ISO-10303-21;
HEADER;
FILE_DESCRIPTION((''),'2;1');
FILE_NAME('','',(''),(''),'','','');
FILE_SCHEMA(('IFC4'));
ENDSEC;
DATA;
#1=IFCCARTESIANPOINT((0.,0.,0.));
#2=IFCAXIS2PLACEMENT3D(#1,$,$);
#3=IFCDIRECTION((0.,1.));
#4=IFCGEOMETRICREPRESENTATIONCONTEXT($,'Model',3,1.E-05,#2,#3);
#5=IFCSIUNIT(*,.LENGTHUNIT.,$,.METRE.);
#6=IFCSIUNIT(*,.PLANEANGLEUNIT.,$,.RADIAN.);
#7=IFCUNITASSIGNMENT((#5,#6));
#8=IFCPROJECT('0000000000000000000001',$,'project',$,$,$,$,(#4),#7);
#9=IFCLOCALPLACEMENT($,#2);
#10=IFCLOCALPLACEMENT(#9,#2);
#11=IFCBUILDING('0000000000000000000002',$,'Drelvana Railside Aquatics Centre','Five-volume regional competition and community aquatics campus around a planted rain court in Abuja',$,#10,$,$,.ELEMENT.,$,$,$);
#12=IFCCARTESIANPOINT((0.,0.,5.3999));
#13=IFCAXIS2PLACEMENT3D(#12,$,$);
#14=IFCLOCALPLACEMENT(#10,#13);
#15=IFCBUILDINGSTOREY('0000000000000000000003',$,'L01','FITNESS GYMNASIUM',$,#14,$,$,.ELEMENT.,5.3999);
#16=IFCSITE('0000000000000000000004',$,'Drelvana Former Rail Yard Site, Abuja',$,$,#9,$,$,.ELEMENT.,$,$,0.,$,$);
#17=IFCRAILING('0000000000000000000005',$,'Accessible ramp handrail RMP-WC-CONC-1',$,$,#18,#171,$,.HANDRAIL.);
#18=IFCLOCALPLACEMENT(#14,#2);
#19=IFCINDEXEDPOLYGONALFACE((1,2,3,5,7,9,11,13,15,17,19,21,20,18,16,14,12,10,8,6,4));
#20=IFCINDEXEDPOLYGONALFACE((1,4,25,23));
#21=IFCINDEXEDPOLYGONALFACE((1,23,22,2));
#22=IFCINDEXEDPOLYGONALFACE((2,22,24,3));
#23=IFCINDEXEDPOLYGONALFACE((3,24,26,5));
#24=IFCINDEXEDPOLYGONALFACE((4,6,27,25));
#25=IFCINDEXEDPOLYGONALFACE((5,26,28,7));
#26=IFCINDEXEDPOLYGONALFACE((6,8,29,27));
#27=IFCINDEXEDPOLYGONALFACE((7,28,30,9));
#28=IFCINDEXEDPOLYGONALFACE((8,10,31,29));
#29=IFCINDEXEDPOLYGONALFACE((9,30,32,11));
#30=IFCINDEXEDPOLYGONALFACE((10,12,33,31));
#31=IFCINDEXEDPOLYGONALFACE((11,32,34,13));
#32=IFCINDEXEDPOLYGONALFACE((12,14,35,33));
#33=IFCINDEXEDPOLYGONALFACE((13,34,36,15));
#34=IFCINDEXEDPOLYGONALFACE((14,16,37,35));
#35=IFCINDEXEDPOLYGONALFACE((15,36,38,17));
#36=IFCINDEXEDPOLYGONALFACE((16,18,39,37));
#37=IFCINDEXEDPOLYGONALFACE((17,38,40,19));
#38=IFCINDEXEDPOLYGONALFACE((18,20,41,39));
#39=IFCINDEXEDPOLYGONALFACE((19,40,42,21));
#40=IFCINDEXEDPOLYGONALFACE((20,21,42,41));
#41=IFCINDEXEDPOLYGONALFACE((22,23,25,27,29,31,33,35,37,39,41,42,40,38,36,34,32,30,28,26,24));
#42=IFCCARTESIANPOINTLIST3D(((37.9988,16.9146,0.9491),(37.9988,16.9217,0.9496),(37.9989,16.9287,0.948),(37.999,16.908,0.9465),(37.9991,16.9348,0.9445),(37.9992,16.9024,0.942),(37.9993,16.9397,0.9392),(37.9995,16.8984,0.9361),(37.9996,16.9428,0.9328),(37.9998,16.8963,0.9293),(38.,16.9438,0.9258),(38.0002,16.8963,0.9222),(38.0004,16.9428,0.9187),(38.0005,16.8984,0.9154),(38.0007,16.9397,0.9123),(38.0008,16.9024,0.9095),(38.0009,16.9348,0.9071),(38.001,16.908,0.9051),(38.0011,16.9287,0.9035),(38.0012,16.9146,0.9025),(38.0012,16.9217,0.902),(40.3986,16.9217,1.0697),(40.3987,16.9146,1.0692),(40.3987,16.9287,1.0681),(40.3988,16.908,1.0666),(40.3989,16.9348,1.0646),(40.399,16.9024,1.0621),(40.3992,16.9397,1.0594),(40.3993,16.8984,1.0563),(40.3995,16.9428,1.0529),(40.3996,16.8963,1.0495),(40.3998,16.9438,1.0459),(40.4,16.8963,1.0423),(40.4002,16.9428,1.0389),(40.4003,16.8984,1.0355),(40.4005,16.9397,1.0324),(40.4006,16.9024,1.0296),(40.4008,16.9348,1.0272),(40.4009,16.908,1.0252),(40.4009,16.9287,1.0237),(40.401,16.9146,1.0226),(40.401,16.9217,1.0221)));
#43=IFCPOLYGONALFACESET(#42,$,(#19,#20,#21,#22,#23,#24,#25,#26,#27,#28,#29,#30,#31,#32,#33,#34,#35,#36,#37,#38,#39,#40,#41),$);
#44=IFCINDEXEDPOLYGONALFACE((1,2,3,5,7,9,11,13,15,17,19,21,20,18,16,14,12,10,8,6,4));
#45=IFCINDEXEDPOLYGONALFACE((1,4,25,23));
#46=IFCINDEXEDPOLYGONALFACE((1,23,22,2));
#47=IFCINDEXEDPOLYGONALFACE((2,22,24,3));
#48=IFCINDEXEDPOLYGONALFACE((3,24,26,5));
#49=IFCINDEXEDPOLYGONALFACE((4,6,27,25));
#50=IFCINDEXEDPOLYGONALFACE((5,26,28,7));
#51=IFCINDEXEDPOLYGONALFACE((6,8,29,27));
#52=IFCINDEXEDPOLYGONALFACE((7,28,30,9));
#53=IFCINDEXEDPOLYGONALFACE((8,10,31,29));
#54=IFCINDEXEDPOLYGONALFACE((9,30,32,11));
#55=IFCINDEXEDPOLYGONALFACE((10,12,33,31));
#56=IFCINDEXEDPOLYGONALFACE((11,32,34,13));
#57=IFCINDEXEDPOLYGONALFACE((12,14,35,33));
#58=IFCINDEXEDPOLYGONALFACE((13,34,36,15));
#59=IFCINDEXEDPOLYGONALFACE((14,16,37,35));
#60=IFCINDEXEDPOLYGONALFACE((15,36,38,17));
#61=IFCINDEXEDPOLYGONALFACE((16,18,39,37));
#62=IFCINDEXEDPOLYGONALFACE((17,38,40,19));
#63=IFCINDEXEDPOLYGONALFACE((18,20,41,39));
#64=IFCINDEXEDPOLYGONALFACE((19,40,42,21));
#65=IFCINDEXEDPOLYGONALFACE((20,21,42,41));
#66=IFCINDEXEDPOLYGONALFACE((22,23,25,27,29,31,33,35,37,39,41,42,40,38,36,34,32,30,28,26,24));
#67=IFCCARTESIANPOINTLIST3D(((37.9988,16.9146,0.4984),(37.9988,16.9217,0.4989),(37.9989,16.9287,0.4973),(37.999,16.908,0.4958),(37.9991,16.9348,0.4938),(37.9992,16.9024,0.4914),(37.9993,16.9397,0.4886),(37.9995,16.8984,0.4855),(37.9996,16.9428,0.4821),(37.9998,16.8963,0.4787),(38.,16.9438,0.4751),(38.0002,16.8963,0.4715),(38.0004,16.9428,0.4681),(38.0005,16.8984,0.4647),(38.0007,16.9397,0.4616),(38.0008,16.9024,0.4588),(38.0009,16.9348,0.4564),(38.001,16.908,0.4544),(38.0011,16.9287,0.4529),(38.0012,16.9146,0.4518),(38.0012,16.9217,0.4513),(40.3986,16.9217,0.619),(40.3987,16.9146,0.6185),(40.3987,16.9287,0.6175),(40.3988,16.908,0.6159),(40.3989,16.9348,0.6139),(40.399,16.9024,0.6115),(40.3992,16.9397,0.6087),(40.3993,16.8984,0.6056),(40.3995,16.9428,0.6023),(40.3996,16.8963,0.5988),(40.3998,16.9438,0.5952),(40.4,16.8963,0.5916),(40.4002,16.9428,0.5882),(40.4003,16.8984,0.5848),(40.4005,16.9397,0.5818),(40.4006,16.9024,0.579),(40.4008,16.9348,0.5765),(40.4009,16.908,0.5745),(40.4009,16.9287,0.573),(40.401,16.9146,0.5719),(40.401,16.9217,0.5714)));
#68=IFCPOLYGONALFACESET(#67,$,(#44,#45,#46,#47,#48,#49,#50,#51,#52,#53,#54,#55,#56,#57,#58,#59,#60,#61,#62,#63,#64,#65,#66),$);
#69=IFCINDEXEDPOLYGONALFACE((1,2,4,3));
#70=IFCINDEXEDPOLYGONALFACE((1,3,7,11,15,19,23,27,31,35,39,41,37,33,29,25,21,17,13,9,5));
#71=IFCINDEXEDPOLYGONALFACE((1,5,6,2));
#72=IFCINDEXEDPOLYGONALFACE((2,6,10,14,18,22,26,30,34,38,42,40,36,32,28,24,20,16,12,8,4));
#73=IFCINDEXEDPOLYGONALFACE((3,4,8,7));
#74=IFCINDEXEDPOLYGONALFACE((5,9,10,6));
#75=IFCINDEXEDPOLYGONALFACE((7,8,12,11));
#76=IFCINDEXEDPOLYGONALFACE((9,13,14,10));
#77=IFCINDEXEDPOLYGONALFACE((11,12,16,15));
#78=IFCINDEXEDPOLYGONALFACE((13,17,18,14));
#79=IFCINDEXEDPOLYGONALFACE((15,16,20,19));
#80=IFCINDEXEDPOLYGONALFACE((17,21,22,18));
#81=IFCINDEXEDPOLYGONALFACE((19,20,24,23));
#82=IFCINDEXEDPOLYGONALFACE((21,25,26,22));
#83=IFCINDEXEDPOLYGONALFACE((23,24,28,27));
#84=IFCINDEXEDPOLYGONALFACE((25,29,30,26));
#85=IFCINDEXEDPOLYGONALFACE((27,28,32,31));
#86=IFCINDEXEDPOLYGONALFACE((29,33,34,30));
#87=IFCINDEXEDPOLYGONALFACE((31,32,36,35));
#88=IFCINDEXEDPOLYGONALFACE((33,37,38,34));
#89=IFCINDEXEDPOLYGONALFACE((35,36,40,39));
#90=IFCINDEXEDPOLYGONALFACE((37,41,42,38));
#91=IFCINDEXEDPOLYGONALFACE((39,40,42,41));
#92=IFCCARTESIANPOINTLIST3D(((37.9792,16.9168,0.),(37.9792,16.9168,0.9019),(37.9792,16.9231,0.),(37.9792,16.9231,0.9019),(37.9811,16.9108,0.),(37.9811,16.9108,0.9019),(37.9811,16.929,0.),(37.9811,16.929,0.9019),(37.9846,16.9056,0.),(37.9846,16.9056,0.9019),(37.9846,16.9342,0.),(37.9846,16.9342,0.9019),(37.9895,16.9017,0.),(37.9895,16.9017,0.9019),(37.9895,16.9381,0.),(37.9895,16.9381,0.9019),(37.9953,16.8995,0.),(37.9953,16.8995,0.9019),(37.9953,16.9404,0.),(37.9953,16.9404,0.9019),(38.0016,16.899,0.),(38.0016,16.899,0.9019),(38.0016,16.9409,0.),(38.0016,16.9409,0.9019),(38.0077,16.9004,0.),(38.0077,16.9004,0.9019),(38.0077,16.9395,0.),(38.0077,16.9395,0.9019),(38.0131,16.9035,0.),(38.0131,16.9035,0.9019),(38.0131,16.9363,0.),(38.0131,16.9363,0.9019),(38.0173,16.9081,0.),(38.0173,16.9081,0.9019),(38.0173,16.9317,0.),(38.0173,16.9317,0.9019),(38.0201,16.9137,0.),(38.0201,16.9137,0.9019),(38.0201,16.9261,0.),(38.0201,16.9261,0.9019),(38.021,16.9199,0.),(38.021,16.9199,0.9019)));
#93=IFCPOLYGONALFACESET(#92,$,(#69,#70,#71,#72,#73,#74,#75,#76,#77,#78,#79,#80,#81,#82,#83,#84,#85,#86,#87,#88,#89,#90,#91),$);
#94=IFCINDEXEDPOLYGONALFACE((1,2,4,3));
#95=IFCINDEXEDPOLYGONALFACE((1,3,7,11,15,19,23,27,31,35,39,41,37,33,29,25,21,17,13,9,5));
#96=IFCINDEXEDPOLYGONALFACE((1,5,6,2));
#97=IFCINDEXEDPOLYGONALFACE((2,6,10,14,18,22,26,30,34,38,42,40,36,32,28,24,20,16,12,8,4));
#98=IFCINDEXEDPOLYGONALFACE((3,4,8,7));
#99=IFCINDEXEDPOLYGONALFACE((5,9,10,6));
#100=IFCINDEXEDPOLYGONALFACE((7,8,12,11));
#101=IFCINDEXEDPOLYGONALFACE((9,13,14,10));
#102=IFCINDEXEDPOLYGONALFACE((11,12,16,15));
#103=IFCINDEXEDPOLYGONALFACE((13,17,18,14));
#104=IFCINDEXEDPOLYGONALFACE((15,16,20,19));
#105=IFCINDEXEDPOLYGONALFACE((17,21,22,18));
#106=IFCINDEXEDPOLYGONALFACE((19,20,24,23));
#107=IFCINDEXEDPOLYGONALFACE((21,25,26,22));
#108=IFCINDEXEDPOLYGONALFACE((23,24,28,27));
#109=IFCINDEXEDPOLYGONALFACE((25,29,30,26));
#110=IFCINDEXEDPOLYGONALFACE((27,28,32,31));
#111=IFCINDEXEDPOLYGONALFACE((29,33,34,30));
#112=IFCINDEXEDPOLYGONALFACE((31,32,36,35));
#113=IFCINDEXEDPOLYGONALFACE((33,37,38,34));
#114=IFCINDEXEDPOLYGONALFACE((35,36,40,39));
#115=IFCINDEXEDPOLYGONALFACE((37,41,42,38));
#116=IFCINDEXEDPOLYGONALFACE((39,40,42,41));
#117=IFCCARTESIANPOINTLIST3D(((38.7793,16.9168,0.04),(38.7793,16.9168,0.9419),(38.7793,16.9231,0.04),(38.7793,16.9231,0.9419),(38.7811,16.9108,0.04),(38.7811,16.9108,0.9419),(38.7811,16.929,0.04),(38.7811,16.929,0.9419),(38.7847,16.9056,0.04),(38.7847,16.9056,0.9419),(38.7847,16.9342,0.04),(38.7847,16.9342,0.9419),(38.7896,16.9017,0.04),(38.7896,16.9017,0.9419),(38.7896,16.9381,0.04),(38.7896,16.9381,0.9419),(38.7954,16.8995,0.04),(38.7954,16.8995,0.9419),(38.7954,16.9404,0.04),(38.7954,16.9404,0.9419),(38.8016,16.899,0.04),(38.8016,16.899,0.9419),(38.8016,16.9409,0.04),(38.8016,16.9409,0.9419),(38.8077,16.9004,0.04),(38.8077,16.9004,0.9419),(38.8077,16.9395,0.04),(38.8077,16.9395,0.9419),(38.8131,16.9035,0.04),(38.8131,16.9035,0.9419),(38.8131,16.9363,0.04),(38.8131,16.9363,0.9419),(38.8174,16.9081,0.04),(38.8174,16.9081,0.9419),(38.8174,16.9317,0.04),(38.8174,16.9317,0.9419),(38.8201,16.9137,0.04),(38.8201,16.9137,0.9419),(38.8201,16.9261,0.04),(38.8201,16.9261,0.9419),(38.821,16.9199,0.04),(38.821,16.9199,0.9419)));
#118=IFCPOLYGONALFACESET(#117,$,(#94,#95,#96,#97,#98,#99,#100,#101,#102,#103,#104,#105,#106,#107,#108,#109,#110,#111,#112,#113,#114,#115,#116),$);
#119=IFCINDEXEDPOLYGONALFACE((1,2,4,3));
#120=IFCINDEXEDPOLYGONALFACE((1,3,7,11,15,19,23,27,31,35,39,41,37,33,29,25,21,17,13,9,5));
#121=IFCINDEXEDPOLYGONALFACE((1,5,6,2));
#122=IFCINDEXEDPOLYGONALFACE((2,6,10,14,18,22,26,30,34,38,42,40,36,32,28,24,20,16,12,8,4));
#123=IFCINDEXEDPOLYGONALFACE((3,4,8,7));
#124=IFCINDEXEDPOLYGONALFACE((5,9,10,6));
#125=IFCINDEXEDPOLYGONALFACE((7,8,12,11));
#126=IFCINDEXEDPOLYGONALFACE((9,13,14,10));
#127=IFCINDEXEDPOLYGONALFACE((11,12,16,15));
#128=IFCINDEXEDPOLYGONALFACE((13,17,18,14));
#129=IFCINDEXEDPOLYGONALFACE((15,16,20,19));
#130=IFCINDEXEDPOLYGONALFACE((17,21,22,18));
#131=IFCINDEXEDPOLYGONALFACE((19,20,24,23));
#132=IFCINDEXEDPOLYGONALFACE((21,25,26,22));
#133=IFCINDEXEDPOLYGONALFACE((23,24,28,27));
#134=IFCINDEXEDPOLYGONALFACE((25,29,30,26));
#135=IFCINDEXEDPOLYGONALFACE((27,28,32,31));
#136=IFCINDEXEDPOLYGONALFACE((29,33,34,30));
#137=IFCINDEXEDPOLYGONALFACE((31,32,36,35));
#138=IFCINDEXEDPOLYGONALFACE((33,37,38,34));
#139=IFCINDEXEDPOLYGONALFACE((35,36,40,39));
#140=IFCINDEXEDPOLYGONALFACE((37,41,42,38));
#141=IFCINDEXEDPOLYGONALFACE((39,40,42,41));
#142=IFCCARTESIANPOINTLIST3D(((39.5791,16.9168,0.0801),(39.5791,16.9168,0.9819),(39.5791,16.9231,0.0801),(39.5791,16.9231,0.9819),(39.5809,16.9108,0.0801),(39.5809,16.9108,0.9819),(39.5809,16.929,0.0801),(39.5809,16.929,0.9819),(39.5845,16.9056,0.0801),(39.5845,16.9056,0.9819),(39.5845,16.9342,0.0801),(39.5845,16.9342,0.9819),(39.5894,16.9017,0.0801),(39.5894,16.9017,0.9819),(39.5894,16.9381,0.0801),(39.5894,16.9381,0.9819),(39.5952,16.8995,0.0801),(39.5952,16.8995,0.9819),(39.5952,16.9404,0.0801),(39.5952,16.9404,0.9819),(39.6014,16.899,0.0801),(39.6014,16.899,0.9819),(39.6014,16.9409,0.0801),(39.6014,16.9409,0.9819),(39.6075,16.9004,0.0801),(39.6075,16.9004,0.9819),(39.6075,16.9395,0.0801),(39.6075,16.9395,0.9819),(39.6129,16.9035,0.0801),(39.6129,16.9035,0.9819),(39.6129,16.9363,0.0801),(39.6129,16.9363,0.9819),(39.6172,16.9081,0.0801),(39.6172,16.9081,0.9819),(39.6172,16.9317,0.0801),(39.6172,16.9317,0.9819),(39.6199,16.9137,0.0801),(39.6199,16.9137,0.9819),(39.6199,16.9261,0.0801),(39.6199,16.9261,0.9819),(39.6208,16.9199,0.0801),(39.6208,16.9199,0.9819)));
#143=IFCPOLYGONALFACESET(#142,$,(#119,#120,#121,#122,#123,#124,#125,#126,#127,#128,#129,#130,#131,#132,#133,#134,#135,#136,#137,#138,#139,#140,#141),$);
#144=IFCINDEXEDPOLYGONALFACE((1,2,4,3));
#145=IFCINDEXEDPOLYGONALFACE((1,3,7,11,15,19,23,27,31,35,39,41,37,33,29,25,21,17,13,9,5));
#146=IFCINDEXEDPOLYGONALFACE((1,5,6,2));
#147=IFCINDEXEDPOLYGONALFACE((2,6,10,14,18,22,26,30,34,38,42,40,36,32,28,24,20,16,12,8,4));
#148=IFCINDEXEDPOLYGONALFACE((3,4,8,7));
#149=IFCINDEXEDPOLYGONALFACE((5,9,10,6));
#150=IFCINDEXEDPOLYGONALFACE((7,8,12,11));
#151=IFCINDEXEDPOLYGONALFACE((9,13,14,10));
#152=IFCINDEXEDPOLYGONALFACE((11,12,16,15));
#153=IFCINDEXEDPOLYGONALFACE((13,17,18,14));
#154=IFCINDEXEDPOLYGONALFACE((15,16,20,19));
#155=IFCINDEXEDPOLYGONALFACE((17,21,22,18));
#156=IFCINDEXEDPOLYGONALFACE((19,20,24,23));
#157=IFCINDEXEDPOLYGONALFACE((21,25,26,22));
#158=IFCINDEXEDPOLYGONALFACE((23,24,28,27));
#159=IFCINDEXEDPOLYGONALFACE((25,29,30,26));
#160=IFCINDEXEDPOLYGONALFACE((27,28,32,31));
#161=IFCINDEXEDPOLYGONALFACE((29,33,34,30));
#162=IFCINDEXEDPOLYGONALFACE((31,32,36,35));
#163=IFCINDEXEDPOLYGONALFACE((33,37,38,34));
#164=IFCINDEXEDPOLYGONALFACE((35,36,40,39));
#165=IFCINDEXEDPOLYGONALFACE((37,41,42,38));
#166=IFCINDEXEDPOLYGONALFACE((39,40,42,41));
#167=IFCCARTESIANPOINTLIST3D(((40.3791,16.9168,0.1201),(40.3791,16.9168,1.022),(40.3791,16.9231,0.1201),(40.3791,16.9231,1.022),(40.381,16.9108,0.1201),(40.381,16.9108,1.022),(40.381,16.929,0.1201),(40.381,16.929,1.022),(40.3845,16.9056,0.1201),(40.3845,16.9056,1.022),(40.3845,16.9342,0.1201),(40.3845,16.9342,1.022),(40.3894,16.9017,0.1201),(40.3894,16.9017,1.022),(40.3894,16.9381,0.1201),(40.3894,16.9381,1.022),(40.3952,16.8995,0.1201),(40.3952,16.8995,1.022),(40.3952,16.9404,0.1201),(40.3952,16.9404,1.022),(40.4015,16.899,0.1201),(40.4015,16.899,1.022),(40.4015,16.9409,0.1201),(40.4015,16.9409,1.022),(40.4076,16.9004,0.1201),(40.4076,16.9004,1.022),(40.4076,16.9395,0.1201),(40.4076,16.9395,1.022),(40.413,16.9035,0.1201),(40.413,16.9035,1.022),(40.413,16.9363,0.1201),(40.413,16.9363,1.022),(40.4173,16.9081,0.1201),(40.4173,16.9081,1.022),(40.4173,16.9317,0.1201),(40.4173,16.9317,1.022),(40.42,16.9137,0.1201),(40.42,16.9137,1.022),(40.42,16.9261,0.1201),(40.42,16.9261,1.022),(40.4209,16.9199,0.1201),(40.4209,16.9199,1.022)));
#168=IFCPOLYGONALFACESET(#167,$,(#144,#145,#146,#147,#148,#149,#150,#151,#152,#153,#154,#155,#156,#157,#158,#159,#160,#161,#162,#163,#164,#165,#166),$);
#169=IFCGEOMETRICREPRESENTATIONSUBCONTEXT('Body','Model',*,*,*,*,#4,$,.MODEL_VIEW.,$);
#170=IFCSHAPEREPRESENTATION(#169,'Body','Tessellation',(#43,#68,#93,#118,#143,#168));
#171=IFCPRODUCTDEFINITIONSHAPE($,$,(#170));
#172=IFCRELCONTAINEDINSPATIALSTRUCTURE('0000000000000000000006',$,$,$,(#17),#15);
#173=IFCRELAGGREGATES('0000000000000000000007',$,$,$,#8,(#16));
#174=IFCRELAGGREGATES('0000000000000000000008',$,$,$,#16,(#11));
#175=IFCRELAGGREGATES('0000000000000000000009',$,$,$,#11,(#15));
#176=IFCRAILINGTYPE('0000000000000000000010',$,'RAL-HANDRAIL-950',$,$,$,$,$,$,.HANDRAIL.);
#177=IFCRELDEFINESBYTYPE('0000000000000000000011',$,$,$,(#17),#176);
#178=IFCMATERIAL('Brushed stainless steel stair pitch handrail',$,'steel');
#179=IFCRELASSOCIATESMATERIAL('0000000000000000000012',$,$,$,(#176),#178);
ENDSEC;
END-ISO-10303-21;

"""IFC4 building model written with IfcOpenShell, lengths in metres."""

from ifc_helpers import new_model, si_unit, direction, frame, origin, origin_2d, place, context, subcontext, project, spatial, circle, extrude, material, type_object, element, save


model = new_model("IFC4")

# Units and contexts
model_context = context("Model", 3, precision=1e-05, world=origin(), true_north=direction((0.0, 1.0)))
body_context = subcontext(model_context, "Body", "Model", "MODEL_VIEW")
ifc_project = project(units=[si_unit("LENGTHUNIT", "METRE"), si_unit("PLANEANGLEUNIT", "RADIAN")], contexts=[model_context])

# Site, building, storey
site_placement = place(None, origin())
site = spatial("IfcSite", under=ifc_project, at=site_placement, Name="Drelvana Former Rail Yard Site, Abuja", CompositionType="ELEMENT", RefElevation=0.0)
building_placement = place(site_placement, origin())
building = spatial("IfcBuilding", under=site, at=building_placement, Name="Drelvana Railside Aquatics Centre", Description="Five-volume regional competition and community aquatics campus around a planted rain court in Abuja", CompositionType="ELEMENT")
storey_placement = place(building_placement, frame((0.0, 0.0, 5.3999)))
storey = spatial("IfcBuildingStorey", under=building, at=storey_placement, Name="L01", Description="FITNESS GYMNASIUM", CompositionType="ELEMENT", Elevation=5.3999)

# Railing
ifc_material_1 = material(Name="Brushed stainless steel stair pitch handrail", Category="steel")
railing_type = type_object("IfcRailingType", Name="RAL-HANDRAIL-950", PredefinedType="HANDRAIL", material=ifc_material_1)
for number, where, name in (
    (1, (38.0, 16.9199, 0.0), "Accessible ramp handrail RMP-WC-CONC-1"),
):
    element("IfcRailing", number, at=place(storey_placement, frame(where)), inside=storey, type_object=railing_type, Name=name, PredefinedType="HANDRAIL", context=body_context, shape_type="SweptSolid", body=[
        extrude(circle(Radius=0.0239, at=origin_2d()), frame((0.0, 0.0, 0.9258), z_axis=(0.99875, 0.0, 0.049988), x_axis=(0.0, 1.0, 0.0)), (0.0, 0.0, 1.0), 2.4028),
        extrude(circle(Radius=0.0239, at=origin_2d()), frame((0.0, 0.0, 0.4751), z_axis=(0.99875, 0.0, 0.049988), x_axis=(0.0, 1.0, 0.0)), (0.0, 0.0, 1.0), 2.4028),
        extrude(circle(Radius=0.021, at=origin_2d()), origin(), (0.0, 0.0, 1.0), 0.9019),
        extrude(circle(Radius=0.021, at=origin_2d()), frame((0.8, 0.0, 0.04)), (0.0, 0.0, 1.0), 0.9019),
        extrude(circle(Radius=0.021, at=origin_2d()), frame((1.5999, 0.0, 0.0801)), (0.0, 0.0, 1.0), 0.9019),
        extrude(circle(Radius=0.021, at=origin_2d()), frame((2.3999, 0.0, 0.1201)), (0.0, 0.0, 1.0), 0.9019),
    ])

save(model, "model.ifc")
